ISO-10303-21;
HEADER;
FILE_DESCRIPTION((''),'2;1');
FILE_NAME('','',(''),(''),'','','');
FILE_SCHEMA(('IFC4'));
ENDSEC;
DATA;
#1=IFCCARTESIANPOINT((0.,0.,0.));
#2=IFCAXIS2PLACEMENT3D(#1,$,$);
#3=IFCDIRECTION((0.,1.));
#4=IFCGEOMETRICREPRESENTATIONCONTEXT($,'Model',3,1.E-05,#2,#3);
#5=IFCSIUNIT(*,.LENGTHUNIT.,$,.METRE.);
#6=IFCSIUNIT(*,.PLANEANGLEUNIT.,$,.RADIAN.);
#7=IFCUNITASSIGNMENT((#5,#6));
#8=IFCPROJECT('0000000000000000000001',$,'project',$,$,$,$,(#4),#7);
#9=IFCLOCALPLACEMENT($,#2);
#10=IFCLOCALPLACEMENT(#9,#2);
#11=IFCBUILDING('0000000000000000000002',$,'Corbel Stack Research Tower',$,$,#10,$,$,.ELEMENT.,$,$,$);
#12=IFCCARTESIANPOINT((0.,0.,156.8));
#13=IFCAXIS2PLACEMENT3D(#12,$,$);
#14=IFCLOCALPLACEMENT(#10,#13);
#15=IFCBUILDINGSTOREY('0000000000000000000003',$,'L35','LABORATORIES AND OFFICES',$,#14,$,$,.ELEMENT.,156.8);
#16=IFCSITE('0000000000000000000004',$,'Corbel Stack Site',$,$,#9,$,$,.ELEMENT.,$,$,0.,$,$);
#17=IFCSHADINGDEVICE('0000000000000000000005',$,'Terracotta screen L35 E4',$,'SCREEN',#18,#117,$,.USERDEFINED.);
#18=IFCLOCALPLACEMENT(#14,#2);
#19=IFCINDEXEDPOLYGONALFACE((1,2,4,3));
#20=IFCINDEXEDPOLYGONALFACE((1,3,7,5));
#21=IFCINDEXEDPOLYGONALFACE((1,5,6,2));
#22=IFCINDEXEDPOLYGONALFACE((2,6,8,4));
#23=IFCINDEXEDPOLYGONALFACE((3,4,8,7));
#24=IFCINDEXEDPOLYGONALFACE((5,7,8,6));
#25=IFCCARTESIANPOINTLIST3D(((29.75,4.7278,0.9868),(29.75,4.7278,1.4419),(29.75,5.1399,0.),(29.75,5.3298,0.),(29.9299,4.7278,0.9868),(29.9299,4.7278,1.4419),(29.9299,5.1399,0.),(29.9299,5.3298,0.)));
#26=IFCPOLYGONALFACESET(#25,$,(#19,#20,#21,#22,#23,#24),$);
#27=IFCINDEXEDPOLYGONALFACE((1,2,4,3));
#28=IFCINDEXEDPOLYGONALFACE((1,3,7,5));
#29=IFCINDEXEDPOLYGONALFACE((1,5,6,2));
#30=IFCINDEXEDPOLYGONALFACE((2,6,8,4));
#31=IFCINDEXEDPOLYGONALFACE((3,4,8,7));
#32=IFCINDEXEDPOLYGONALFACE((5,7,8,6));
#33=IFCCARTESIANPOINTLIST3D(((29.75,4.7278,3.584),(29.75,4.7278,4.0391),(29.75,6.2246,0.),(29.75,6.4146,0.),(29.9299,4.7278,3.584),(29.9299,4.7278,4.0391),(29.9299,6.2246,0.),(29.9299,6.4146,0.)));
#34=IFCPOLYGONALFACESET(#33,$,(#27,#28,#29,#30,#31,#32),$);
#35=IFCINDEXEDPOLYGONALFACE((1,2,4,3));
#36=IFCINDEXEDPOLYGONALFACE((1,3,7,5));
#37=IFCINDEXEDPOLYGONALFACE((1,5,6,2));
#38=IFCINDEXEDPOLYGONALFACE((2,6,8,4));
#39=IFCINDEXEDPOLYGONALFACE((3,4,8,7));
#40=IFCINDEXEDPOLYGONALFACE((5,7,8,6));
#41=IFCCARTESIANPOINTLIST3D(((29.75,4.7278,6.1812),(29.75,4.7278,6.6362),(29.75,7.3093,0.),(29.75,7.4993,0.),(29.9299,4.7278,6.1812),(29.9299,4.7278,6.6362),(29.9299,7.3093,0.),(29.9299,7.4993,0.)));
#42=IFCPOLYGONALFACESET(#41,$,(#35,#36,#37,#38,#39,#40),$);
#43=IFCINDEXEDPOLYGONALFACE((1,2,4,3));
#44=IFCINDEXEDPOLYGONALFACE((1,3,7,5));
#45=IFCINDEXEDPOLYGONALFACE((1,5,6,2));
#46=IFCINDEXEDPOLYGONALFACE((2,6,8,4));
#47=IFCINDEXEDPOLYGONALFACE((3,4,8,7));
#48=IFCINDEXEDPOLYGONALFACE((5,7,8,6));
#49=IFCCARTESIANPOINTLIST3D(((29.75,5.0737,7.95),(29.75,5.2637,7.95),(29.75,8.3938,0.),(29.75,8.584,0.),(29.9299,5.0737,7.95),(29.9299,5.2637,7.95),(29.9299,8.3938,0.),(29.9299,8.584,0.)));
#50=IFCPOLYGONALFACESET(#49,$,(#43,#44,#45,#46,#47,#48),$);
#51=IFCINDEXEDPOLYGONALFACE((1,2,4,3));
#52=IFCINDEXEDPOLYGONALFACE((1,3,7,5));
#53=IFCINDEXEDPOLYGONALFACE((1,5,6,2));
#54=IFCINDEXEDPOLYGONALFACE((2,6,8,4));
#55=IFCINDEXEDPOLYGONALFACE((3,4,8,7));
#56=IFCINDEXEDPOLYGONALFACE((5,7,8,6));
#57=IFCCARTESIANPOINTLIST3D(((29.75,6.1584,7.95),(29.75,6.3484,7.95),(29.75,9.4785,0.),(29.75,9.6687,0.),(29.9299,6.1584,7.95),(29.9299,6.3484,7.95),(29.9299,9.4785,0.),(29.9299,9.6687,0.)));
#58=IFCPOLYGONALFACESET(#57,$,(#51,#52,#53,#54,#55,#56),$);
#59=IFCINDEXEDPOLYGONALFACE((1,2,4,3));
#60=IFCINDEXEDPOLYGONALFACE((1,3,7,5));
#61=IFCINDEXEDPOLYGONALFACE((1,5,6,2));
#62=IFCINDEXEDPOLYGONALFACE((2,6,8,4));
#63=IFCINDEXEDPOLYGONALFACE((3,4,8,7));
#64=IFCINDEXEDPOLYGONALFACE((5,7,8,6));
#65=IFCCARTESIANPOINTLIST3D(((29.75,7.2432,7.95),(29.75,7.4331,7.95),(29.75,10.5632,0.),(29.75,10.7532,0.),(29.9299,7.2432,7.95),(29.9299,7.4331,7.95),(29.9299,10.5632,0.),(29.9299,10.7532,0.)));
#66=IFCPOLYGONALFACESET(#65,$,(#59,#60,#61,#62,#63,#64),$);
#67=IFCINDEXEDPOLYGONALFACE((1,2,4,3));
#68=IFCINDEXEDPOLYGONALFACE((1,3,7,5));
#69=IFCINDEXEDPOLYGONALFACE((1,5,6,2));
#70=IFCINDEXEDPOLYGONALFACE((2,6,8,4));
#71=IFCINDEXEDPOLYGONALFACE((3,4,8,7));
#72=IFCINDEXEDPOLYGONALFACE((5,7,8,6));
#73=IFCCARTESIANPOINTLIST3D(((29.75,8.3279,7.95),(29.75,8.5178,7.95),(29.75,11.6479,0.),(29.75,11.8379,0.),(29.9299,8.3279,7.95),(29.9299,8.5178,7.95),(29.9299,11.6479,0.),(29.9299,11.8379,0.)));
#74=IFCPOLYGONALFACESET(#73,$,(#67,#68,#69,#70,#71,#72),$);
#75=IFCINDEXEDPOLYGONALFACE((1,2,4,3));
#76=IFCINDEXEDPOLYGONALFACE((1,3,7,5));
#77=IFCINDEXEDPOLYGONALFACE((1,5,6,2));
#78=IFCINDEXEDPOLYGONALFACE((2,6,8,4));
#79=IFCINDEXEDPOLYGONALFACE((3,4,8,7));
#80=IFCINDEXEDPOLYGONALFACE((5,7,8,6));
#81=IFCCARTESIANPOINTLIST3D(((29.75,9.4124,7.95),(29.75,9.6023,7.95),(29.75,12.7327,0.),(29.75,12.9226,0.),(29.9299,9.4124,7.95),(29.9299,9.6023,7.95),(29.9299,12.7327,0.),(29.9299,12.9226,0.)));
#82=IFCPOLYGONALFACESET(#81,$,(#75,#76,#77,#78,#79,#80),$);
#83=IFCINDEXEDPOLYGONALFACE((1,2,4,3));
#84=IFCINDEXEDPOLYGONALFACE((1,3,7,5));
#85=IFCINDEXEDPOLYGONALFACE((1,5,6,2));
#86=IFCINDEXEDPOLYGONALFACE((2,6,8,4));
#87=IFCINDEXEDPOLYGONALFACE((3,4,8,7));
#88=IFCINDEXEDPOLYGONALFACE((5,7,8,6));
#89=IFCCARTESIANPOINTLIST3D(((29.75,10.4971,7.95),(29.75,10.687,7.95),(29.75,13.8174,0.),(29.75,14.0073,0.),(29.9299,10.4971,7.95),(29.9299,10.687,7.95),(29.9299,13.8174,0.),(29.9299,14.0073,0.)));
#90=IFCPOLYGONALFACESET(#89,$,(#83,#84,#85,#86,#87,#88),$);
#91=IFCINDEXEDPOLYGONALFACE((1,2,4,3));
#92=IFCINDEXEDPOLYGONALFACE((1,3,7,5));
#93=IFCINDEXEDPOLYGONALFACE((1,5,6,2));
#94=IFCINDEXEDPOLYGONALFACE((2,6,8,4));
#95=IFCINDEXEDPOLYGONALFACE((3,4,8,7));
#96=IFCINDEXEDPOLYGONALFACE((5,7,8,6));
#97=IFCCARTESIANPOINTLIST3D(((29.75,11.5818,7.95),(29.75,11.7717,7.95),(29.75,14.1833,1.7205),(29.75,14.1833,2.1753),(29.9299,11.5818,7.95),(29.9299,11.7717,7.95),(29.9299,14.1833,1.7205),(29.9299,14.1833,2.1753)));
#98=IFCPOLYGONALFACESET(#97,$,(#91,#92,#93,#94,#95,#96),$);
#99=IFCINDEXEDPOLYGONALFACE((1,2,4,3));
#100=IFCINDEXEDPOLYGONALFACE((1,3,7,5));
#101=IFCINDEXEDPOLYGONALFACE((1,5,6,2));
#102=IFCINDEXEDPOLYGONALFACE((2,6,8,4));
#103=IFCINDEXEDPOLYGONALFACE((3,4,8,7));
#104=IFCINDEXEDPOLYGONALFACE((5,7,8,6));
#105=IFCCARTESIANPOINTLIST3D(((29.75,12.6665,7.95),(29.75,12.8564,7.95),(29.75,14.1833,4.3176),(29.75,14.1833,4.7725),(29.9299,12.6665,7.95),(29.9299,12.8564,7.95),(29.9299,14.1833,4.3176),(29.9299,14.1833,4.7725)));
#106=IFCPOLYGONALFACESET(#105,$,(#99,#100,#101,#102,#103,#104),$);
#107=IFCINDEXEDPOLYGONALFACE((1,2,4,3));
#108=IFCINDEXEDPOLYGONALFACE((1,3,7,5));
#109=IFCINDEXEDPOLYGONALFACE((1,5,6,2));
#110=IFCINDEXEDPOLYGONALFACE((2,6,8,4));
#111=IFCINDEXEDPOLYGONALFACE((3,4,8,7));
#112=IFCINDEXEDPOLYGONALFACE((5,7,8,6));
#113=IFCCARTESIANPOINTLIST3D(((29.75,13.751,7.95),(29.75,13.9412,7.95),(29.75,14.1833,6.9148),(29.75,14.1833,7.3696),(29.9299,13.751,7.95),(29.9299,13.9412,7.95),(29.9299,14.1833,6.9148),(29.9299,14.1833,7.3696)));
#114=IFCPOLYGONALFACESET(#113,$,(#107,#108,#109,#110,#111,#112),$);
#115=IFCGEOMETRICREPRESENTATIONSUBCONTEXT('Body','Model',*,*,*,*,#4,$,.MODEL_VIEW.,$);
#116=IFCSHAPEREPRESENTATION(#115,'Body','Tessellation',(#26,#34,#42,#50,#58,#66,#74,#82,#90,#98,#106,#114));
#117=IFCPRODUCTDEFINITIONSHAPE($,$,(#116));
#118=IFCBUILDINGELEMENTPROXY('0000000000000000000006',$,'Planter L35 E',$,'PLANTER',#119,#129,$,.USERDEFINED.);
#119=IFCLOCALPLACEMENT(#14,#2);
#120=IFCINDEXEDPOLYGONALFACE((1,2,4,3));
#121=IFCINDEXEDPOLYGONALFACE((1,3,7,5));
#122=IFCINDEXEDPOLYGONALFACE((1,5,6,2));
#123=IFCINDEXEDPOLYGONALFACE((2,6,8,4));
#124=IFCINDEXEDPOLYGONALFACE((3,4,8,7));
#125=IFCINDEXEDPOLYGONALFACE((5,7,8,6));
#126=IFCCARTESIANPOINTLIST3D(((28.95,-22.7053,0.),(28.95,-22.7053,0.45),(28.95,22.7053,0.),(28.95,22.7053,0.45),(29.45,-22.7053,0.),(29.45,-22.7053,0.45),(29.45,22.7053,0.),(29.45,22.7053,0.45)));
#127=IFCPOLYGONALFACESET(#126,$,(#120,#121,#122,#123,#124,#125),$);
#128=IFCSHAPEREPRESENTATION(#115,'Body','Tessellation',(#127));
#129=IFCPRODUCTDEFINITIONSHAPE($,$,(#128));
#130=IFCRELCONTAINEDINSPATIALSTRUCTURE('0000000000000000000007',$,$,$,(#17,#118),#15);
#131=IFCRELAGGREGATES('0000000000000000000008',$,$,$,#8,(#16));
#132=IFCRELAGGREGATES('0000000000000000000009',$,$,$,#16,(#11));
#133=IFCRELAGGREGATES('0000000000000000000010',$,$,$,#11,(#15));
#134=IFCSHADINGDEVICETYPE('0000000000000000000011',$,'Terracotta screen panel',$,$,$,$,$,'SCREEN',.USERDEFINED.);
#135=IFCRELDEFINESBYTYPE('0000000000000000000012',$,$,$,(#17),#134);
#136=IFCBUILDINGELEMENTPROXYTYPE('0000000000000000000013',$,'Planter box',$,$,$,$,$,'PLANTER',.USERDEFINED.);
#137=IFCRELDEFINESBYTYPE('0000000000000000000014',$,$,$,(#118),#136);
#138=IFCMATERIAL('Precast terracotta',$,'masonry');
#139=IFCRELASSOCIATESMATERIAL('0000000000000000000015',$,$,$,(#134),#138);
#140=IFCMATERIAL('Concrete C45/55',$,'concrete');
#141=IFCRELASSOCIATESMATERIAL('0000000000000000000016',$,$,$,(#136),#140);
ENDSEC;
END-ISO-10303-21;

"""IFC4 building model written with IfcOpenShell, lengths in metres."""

from ifc_helpers import new_model, si_unit, direction, frame, origin, origin_2d, place, context, subcontext, project, spatial, polyline, rectangle, outline, extrude, source, transform, mapped, material, type_object, element, save


model = new_model("IFC4")

# Units and contexts
model_context = context("Model", 3, precision=1e-05, world=origin(), true_north=direction((0.0, 1.0)))
body_context = subcontext(model_context, "Body", "Model", "MODEL_VIEW")
ifc_project = project(units=[si_unit("LENGTHUNIT", "METRE"), si_unit("PLANEANGLEUNIT", "RADIAN")], contexts=[model_context])

# Site, building, storey
site_placement = place(None, origin())
site = spatial("IfcSite", under=ifc_project, at=site_placement, Name="Corbel Stack Site", CompositionType="ELEMENT", RefElevation=0.0)
building_placement = place(site_placement, origin())
building = spatial("IfcBuilding", under=site, at=building_placement, Name="Corbel Stack Research Tower", CompositionType="ELEMENT")
storey_placement = place(building_placement, frame((0.0, 0.0, 156.8)))
storey = spatial("IfcBuildingStorey", under=building, at=storey_placement, Name="L35", Description="LABORATORIES AND OFFICES", CompositionType="ELEMENT", Elevation=156.8)

# Shading device
ifc_material_1 = material(Name="Precast terracotta", Category="masonry")
shading_device_type = type_object("IfcShadingDeviceType", Name="Terracotta screen panel", ElementType="SCREEN", PredefinedType="USERDEFINED", material=ifc_material_1)
shared_shape_1 = source(origin(), body_context, "Body", "SweptSolid", [
    extrude(outline(polyline([(0.6021, 0.0), (0.0, 1.4419), (0.0, 0.9868), (0.4121, 0.0), (0.6021, 0.0)])), frame((0.0, 0.0, 0.0), z_axis=(0.0, -1.0, 0.0), x_axis=(1.0, 0.0, 0.0)), (0.0, 0.0, 1.0), 0.1799),
    extrude(outline(polyline([(1.6868, 0.0), (0.0, 4.0391), (0.0, 3.584), (1.4968, 0.0), (1.6868, 0.0)])), frame((0.0, 0.0, 0.0), z_axis=(0.0, -1.0, 0.0), x_axis=(1.0, 0.0, 0.0)), (0.0, 0.0, 1.0), 0.1799),
    extrude(outline(polyline([(2.7715, 0.0), (0.0, 6.6362), (0.0, 6.1812), (2.5815, 0.0), (2.7715, 0.0)])), frame((0.0, 0.0, 0.0), z_axis=(0.0, -1.0, 0.0), x_axis=(1.0, 0.0, 0.0)), (0.0, 0.0, 1.0), 0.1799),
    extrude(outline(polyline([(3.8562, 0.0), (0.5359, 7.95), (0.3459, 7.95), (3.666, 0.0), (3.8562, 0.0)])), frame((0.0, 0.0, 0.0), z_axis=(0.0, -1.0, 0.0), x_axis=(1.0, 0.0, 0.0)), (0.0, 0.0, 1.0), 0.1799),
    extrude(outline(polyline([(4.9409, 0.0), (1.6206, 7.95), (1.4307, 7.95), (4.7507, 0.0), (4.9409, 0.0)])), frame((0.0, 0.0, 0.0), z_axis=(0.0, -1.0, 0.0), x_axis=(1.0, 0.0, 0.0)), (0.0, 0.0, 1.0), 0.1799),
    extrude(outline(polyline([(6.0254, 0.0), (2.7053, 7.95), (2.5154, 7.95), (5.8354, 0.0), (6.0254, 0.0)])), frame((0.0, 0.0, 0.0), z_axis=(0.0, -1.0, 0.0), x_axis=(1.0, 0.0, 0.0)), (0.0, 0.0, 1.0), 0.1799),
    extrude(outline(polyline([(7.1101, 0.0), (3.79, 7.95), (3.6001, 7.95), (6.9202, 0.0), (7.1101, 0.0)])), frame((0.0, 0.0, 0.0), z_axis=(0.0, -1.0, 0.0), x_axis=(1.0, 0.0, 0.0)), (0.0, 0.0, 1.0), 0.1799),
    extrude(outline(polyline([(8.1948, 0.0), (4.8745, 7.95), (4.6846, 7.95), (8.0049, 0.0), (8.1948, 0.0)])), frame((0.0, 0.0, 0.0), z_axis=(0.0, -1.0, 0.0), x_axis=(1.0, 0.0, 0.0)), (0.0, 0.0, 1.0), 0.1799),
    extrude(outline(polyline([(9.2795, 0.0), (5.9592, 7.95), (5.7693, 7.95), (9.0896, 0.0), (9.2795, 0.0)])), frame((0.0, 0.0, 0.0), z_axis=(0.0, -1.0, 0.0), x_axis=(1.0, 0.0, 0.0)), (0.0, 0.0, 1.0), 0.1799),
    extrude(outline(polyline([(7.0439, 7.95), (6.854, 7.95), (9.4556, 1.7205), (9.4556, 2.1753), (7.0439, 7.95)])), frame((0.0, 0.0, 0.0), z_axis=(0.0, -1.0, 0.0), x_axis=(1.0, 0.0, 0.0)), (0.0, 0.0, 1.0), 0.1799),
    extrude(outline(polyline([(8.1287, 7.95), (7.9387, 7.95), (9.4556, 4.3176), (9.4556, 4.7725), (8.1287, 7.95)])), frame((0.0, 0.0, 0.0), z_axis=(0.0, -1.0, 0.0), x_axis=(1.0, 0.0, 0.0)), (0.0, 0.0, 1.0), 0.1799),
    extrude(outline(polyline([(9.2134, 7.95), (9.0232, 7.95), (9.4556, 6.9148), (9.4556, 7.3696), (9.2134, 7.95)])), frame((0.0, 0.0, 0.0), z_axis=(0.0, -1.0, 0.0), x_axis=(1.0, 0.0, 0.0)), (0.0, 0.0, 1.0), 0.1799),
])
shading_device_1_placement = place(storey_placement, frame((29.75, 4.7278, 0.0), z_axis=(0.0, 0.0, 1.0), x_axis=(0.0, 1.0, 0.0)))
element("IfcShadingDevice", 1, at=shading_device_1_placement, inside=storey, type_object=shading_device_type, Name="Terracotta screen L35 E4", ObjectType="SCREEN", PredefinedType="USERDEFINED", context=body_context, shape_type="MappedRepresentation", body=[
    mapped(shared_shape_1, transform((0.0, 0.0, 0.0))),
])

# Building element proxy
ifc_material_2 = material(Name="Concrete C45/55", Category="concrete")
building_element_proxy_type = type_object("IfcBuildingElementProxyType", Name="Planter box", ElementType="PLANTER", PredefinedType="USERDEFINED", material=ifc_material_2)
proxy_placement = place(storey_placement, frame((29.2, 0.0, 0.0), z_axis=(0.0, 0.0, 1.0), x_axis=(0.0, 1.0, 0.0)))
element("IfcBuildingElementProxy", 2, at=proxy_placement, inside=storey, type_object=building_element_proxy_type, Name="Planter L35 E", ObjectType="PLANTER", PredefinedType="USERDEFINED", context=body_context, shape_type="SweptSolid", body=[
    extrude(rectangle(XDim=45.4106, YDim=0.5, at=origin_2d()), origin(), (0.0, 0.0, 1.0), 0.45),
])

save(model, "model.ifc")
